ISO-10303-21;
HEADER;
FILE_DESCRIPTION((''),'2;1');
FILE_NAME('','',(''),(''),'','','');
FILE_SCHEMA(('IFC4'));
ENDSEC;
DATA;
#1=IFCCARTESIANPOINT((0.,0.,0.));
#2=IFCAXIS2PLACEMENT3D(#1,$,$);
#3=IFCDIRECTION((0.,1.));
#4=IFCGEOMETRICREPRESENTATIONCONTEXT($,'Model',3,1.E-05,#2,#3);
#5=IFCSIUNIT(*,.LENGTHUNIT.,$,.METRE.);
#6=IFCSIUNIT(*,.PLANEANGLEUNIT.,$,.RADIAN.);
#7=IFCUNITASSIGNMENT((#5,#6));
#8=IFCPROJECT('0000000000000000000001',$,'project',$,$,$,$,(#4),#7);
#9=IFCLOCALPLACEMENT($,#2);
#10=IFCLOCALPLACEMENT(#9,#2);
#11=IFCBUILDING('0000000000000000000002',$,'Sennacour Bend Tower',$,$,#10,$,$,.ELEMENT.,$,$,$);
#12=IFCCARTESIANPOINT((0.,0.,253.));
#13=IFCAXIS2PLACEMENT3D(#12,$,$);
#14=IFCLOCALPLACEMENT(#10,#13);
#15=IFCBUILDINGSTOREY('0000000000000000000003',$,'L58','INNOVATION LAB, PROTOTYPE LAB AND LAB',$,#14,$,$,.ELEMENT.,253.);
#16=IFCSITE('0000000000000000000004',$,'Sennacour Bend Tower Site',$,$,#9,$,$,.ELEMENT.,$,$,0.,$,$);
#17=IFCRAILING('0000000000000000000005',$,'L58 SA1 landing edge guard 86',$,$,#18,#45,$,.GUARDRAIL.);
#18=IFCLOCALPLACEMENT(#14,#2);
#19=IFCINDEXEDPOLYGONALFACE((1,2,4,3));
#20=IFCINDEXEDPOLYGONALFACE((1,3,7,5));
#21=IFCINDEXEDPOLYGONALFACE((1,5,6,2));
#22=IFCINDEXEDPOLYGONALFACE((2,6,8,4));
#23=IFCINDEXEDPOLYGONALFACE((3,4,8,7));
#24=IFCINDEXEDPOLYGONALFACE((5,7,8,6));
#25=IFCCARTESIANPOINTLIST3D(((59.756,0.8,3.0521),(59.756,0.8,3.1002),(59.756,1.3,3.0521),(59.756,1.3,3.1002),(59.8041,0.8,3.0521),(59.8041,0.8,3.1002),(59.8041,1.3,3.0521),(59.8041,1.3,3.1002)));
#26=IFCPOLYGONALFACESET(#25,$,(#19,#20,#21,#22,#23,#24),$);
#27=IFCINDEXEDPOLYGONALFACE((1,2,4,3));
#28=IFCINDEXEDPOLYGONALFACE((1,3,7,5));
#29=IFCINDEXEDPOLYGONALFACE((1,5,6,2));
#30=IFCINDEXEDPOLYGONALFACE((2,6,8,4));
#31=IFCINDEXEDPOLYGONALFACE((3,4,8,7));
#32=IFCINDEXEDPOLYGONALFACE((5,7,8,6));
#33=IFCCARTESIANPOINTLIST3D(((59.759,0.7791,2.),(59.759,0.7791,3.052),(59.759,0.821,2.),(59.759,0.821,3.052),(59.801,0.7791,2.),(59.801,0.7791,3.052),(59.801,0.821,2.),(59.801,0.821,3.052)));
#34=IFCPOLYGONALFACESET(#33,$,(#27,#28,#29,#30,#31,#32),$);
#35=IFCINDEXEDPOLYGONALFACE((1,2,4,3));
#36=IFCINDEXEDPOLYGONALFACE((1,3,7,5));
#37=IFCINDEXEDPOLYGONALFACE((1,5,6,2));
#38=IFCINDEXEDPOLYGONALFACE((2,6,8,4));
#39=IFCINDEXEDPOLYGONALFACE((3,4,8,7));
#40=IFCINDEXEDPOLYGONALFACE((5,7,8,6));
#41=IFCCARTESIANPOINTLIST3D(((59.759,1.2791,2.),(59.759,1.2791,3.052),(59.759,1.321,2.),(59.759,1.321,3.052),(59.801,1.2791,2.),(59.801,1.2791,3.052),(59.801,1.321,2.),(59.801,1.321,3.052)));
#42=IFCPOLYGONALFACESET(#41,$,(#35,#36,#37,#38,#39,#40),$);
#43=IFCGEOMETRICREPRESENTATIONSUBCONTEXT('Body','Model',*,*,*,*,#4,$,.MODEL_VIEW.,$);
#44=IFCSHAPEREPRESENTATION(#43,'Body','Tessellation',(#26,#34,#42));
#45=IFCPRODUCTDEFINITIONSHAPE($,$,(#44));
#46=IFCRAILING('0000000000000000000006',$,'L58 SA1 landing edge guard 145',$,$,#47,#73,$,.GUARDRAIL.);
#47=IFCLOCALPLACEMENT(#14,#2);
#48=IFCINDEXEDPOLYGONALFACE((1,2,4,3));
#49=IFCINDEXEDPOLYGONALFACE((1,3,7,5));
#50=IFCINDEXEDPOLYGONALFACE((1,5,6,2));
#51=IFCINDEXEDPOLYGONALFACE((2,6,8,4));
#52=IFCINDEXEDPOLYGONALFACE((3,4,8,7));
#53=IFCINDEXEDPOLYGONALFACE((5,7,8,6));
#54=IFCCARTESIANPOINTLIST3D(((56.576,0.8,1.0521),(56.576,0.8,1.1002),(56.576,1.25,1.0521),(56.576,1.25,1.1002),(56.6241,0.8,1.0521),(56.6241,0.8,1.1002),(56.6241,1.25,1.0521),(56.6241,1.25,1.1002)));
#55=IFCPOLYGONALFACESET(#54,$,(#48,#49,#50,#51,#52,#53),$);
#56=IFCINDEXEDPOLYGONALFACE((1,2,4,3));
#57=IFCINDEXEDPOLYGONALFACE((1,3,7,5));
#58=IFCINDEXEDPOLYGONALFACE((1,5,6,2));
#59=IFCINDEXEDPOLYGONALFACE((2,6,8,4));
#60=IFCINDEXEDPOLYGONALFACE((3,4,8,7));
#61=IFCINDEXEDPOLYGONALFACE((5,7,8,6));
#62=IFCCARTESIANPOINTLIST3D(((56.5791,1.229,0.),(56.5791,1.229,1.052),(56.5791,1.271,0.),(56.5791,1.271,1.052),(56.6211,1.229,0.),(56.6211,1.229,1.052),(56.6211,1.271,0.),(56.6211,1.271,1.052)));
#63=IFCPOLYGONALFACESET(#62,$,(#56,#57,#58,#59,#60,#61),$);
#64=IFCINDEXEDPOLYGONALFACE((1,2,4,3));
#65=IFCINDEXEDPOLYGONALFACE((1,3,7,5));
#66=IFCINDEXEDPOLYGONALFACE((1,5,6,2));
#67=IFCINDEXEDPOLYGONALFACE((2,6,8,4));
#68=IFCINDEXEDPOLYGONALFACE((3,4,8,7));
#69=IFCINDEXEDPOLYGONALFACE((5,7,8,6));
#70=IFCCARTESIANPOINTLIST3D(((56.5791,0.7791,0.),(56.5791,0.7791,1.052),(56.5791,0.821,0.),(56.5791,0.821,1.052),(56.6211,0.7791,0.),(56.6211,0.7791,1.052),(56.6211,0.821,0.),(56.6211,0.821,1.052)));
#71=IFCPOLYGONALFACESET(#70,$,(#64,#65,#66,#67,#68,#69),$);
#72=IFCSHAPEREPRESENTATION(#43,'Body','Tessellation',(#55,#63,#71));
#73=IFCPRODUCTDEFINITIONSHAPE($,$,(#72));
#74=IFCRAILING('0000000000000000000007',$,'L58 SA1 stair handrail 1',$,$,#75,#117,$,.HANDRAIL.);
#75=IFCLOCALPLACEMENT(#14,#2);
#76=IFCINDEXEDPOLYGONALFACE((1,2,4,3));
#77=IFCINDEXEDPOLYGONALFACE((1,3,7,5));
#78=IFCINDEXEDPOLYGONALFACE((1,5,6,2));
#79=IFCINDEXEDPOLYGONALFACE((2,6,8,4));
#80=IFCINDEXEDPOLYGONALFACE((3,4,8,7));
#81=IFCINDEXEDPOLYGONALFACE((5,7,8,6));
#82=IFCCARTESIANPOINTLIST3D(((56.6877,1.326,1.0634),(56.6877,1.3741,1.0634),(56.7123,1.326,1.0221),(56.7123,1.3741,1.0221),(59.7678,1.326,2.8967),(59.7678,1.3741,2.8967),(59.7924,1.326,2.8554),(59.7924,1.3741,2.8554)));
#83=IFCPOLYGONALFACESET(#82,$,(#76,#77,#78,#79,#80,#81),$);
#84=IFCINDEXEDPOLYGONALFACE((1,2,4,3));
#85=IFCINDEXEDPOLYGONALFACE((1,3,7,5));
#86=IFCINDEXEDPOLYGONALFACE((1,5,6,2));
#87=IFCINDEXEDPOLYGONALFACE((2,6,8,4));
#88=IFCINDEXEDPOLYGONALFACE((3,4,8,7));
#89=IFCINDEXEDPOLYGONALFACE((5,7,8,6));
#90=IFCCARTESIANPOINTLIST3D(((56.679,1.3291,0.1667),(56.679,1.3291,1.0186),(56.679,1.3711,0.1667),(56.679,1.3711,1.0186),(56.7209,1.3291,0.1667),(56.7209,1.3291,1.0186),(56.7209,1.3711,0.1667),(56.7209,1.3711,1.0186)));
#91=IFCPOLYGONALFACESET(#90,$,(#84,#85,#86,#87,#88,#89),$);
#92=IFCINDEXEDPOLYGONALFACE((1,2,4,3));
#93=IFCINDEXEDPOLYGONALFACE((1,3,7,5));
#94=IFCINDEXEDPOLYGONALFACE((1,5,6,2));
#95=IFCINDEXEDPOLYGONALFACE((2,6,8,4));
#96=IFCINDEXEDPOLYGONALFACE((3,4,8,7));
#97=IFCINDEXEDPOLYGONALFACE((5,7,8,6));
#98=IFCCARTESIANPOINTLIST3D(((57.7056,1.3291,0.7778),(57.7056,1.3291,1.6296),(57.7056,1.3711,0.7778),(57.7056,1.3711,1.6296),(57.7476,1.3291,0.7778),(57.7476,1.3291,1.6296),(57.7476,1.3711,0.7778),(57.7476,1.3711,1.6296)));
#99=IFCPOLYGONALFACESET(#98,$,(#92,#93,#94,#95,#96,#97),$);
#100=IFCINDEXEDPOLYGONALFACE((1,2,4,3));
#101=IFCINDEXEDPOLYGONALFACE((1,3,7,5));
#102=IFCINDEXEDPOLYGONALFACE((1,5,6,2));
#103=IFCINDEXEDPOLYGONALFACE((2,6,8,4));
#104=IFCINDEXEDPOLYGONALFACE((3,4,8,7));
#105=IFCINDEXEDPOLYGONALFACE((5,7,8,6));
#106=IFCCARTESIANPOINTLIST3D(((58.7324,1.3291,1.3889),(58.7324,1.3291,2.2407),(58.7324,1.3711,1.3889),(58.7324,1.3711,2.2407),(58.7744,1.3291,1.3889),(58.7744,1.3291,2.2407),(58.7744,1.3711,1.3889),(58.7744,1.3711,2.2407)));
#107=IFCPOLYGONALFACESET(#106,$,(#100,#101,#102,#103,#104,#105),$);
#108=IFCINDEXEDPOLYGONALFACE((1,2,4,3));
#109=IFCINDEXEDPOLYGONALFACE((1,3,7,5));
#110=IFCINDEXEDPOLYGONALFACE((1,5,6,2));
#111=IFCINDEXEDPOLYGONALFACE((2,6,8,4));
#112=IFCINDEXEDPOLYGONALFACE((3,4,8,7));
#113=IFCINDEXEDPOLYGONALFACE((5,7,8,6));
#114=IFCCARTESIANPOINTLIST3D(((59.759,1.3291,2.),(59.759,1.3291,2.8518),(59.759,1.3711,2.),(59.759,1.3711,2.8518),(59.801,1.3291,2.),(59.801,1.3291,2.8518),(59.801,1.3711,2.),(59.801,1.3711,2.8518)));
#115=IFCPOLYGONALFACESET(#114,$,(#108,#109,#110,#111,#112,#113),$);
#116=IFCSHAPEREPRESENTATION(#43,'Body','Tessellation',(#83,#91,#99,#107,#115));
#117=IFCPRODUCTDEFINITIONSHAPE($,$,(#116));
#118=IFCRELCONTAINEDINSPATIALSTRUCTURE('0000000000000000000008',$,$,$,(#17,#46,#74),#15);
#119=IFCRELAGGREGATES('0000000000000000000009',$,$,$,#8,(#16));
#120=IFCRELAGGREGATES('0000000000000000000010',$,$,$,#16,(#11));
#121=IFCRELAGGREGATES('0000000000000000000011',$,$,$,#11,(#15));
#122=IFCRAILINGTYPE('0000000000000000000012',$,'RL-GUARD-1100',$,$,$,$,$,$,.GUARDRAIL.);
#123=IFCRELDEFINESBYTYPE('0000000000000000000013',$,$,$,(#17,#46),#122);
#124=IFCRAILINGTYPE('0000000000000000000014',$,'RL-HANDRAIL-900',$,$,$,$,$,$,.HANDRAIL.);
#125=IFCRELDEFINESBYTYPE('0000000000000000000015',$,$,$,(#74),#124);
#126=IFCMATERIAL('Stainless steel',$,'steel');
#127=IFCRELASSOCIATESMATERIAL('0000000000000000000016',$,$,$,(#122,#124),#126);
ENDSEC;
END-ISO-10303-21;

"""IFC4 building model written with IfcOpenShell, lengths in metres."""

from ifc_helpers import new_model, si_unit, direction, frame, origin, origin_2d, place, context, subcontext, project, spatial, rectangle, extrude, material, type_object, element, save


model = new_model("IFC4")

# Units and contexts
model_context = context("Model", 3, precision=1e-05, world=origin(), true_north=direction((0.0, 1.0)))
body_context = subcontext(model_context, "Body", "Model", "MODEL_VIEW")
ifc_project = project(units=[si_unit("LENGTHUNIT", "METRE"), si_unit("PLANEANGLEUNIT", "RADIAN")], contexts=[model_context])

# Site, building, storey
site_placement = place(None, origin())
site = spatial("IfcSite", under=ifc_project, at=site_placement, Name="Sennacour Bend Tower Site", CompositionType="ELEMENT", RefElevation=0.0)
building_placement = place(site_placement, origin())
building = spatial("IfcBuilding", under=site, at=building_placement, Name="Sennacour Bend Tower", CompositionType="ELEMENT")
storey_placement = place(building_placement, frame((0.0, 0.0, 253.0)))
storey = spatial("IfcBuildingStorey", under=building, at=storey_placement, Name="L58", Description="INNOVATION LAB, PROTOTYPE LAB AND LAB", CompositionType="ELEMENT", Elevation=253.0)

# Shared definitions
ifc_material_1 = material(Name="Stainless steel", Category="steel")

# Railings
railing_type_1 = type_object("IfcRailingType", Name="RL-GUARD-1100", PredefinedType="GUARDRAIL", material=ifc_material_1)
railing_1_placement = place(storey_placement, frame((59.78, 0.8, 2.0)))
element("IfcRailing", 1, at=railing_1_placement, inside=storey, type_object=railing_type_1, Name="L58 SA1 landing edge guard 86", PredefinedType="GUARDRAIL", context=body_context, shape_type="SweptSolid", body=[
    extrude(rectangle(XDim=0.0481, YDim=0.0481, at=origin_2d()), frame((0.0, 0.0, 1.0762), z_axis=(0.0, 1.0, 0.0), x_axis=(-1.0, 0.0, 0.0)), (0.0, 0.0, 1.0), 0.5),
    extrude(rectangle(XDim=0.042, YDim=0.042, at=origin_2d()), origin(), (0.0, 0.0, 1.0), 1.052),
    extrude(rectangle(XDim=0.042, YDim=0.042, at=origin_2d()), frame((0.0, 0.5, 0.0)), (0.0, 0.0, 1.0), 1.052),
])
railing_2_placement = place(storey_placement, frame((56.6001, 1.25, 0.0)))
element("IfcRailing", 2, at=railing_2_placement, inside=storey, type_object=railing_type_1, Name="L58 SA1 landing edge guard 145", PredefinedType="GUARDRAIL", context=body_context, shape_type="SweptSolid", body=[
    extrude(rectangle(XDim=0.0481, YDim=0.0481, at=origin_2d()), frame((0.0, 0.0, 1.0762), z_axis=(0.0, -1.0, 0.0), x_axis=(1.0, 0.0, 0.0)), (0.0, 0.0, 1.0), 0.45),
    extrude(rectangle(XDim=0.042, YDim=0.042, at=origin_2d()), origin(), (0.0, 0.0, 1.0), 1.052),
    extrude(rectangle(XDim=0.042, YDim=0.042, at=origin_2d()), frame((0.0, -0.45, 0.0)), (0.0, 0.0, 1.0), 1.052),
])
railing_type_2 = type_object("IfcRailingType", Name="RL-HANDRAIL-900", PredefinedType="HANDRAIL", material=ifc_material_1)
railing_3_placement = place(storey_placement, frame((56.7, 1.3501, 0.1667)))
element("IfcRailing", 3, at=railing_3_placement, inside=storey, type_object=railing_type_2, Name="L58 SA1 stair handrail 1", PredefinedType="HANDRAIL", context=body_context, shape_type="SweptSolid", body=[
    extrude(rectangle(XDim=0.0481, YDim=0.0481, at=origin_2d()), frame((0.0, 0.0, 0.876), z_axis=(0.859309, 0.0, 0.511458), x_axis=(0.0, 1.0, 0.0)), (0.0, 0.0, 1.0), 3.5845),
    extrude(rectangle(XDim=0.042, YDim=0.042, at=origin_2d()), origin(), (0.0, 0.0, 1.0), 0.8518),
    extrude(rectangle(XDim=0.042, YDim=0.042, at=origin_2d()), frame((1.0266, 0.0, 0.6111)), (0.0, 0.0, 1.0), 0.8518),
    extrude(rectangle(XDim=0.042, YDim=0.042, at=origin_2d()), frame((2.0535, 0.0, 1.2222)), (0.0, 0.0, 1.0), 0.8518),
    extrude(rectangle(XDim=0.042, YDim=0.042, at=origin_2d()), frame((3.0801, 0.0, 1.8333)), (0.0, 0.0, 1.0), 0.8518),
])

save(model, "model.ifc")
